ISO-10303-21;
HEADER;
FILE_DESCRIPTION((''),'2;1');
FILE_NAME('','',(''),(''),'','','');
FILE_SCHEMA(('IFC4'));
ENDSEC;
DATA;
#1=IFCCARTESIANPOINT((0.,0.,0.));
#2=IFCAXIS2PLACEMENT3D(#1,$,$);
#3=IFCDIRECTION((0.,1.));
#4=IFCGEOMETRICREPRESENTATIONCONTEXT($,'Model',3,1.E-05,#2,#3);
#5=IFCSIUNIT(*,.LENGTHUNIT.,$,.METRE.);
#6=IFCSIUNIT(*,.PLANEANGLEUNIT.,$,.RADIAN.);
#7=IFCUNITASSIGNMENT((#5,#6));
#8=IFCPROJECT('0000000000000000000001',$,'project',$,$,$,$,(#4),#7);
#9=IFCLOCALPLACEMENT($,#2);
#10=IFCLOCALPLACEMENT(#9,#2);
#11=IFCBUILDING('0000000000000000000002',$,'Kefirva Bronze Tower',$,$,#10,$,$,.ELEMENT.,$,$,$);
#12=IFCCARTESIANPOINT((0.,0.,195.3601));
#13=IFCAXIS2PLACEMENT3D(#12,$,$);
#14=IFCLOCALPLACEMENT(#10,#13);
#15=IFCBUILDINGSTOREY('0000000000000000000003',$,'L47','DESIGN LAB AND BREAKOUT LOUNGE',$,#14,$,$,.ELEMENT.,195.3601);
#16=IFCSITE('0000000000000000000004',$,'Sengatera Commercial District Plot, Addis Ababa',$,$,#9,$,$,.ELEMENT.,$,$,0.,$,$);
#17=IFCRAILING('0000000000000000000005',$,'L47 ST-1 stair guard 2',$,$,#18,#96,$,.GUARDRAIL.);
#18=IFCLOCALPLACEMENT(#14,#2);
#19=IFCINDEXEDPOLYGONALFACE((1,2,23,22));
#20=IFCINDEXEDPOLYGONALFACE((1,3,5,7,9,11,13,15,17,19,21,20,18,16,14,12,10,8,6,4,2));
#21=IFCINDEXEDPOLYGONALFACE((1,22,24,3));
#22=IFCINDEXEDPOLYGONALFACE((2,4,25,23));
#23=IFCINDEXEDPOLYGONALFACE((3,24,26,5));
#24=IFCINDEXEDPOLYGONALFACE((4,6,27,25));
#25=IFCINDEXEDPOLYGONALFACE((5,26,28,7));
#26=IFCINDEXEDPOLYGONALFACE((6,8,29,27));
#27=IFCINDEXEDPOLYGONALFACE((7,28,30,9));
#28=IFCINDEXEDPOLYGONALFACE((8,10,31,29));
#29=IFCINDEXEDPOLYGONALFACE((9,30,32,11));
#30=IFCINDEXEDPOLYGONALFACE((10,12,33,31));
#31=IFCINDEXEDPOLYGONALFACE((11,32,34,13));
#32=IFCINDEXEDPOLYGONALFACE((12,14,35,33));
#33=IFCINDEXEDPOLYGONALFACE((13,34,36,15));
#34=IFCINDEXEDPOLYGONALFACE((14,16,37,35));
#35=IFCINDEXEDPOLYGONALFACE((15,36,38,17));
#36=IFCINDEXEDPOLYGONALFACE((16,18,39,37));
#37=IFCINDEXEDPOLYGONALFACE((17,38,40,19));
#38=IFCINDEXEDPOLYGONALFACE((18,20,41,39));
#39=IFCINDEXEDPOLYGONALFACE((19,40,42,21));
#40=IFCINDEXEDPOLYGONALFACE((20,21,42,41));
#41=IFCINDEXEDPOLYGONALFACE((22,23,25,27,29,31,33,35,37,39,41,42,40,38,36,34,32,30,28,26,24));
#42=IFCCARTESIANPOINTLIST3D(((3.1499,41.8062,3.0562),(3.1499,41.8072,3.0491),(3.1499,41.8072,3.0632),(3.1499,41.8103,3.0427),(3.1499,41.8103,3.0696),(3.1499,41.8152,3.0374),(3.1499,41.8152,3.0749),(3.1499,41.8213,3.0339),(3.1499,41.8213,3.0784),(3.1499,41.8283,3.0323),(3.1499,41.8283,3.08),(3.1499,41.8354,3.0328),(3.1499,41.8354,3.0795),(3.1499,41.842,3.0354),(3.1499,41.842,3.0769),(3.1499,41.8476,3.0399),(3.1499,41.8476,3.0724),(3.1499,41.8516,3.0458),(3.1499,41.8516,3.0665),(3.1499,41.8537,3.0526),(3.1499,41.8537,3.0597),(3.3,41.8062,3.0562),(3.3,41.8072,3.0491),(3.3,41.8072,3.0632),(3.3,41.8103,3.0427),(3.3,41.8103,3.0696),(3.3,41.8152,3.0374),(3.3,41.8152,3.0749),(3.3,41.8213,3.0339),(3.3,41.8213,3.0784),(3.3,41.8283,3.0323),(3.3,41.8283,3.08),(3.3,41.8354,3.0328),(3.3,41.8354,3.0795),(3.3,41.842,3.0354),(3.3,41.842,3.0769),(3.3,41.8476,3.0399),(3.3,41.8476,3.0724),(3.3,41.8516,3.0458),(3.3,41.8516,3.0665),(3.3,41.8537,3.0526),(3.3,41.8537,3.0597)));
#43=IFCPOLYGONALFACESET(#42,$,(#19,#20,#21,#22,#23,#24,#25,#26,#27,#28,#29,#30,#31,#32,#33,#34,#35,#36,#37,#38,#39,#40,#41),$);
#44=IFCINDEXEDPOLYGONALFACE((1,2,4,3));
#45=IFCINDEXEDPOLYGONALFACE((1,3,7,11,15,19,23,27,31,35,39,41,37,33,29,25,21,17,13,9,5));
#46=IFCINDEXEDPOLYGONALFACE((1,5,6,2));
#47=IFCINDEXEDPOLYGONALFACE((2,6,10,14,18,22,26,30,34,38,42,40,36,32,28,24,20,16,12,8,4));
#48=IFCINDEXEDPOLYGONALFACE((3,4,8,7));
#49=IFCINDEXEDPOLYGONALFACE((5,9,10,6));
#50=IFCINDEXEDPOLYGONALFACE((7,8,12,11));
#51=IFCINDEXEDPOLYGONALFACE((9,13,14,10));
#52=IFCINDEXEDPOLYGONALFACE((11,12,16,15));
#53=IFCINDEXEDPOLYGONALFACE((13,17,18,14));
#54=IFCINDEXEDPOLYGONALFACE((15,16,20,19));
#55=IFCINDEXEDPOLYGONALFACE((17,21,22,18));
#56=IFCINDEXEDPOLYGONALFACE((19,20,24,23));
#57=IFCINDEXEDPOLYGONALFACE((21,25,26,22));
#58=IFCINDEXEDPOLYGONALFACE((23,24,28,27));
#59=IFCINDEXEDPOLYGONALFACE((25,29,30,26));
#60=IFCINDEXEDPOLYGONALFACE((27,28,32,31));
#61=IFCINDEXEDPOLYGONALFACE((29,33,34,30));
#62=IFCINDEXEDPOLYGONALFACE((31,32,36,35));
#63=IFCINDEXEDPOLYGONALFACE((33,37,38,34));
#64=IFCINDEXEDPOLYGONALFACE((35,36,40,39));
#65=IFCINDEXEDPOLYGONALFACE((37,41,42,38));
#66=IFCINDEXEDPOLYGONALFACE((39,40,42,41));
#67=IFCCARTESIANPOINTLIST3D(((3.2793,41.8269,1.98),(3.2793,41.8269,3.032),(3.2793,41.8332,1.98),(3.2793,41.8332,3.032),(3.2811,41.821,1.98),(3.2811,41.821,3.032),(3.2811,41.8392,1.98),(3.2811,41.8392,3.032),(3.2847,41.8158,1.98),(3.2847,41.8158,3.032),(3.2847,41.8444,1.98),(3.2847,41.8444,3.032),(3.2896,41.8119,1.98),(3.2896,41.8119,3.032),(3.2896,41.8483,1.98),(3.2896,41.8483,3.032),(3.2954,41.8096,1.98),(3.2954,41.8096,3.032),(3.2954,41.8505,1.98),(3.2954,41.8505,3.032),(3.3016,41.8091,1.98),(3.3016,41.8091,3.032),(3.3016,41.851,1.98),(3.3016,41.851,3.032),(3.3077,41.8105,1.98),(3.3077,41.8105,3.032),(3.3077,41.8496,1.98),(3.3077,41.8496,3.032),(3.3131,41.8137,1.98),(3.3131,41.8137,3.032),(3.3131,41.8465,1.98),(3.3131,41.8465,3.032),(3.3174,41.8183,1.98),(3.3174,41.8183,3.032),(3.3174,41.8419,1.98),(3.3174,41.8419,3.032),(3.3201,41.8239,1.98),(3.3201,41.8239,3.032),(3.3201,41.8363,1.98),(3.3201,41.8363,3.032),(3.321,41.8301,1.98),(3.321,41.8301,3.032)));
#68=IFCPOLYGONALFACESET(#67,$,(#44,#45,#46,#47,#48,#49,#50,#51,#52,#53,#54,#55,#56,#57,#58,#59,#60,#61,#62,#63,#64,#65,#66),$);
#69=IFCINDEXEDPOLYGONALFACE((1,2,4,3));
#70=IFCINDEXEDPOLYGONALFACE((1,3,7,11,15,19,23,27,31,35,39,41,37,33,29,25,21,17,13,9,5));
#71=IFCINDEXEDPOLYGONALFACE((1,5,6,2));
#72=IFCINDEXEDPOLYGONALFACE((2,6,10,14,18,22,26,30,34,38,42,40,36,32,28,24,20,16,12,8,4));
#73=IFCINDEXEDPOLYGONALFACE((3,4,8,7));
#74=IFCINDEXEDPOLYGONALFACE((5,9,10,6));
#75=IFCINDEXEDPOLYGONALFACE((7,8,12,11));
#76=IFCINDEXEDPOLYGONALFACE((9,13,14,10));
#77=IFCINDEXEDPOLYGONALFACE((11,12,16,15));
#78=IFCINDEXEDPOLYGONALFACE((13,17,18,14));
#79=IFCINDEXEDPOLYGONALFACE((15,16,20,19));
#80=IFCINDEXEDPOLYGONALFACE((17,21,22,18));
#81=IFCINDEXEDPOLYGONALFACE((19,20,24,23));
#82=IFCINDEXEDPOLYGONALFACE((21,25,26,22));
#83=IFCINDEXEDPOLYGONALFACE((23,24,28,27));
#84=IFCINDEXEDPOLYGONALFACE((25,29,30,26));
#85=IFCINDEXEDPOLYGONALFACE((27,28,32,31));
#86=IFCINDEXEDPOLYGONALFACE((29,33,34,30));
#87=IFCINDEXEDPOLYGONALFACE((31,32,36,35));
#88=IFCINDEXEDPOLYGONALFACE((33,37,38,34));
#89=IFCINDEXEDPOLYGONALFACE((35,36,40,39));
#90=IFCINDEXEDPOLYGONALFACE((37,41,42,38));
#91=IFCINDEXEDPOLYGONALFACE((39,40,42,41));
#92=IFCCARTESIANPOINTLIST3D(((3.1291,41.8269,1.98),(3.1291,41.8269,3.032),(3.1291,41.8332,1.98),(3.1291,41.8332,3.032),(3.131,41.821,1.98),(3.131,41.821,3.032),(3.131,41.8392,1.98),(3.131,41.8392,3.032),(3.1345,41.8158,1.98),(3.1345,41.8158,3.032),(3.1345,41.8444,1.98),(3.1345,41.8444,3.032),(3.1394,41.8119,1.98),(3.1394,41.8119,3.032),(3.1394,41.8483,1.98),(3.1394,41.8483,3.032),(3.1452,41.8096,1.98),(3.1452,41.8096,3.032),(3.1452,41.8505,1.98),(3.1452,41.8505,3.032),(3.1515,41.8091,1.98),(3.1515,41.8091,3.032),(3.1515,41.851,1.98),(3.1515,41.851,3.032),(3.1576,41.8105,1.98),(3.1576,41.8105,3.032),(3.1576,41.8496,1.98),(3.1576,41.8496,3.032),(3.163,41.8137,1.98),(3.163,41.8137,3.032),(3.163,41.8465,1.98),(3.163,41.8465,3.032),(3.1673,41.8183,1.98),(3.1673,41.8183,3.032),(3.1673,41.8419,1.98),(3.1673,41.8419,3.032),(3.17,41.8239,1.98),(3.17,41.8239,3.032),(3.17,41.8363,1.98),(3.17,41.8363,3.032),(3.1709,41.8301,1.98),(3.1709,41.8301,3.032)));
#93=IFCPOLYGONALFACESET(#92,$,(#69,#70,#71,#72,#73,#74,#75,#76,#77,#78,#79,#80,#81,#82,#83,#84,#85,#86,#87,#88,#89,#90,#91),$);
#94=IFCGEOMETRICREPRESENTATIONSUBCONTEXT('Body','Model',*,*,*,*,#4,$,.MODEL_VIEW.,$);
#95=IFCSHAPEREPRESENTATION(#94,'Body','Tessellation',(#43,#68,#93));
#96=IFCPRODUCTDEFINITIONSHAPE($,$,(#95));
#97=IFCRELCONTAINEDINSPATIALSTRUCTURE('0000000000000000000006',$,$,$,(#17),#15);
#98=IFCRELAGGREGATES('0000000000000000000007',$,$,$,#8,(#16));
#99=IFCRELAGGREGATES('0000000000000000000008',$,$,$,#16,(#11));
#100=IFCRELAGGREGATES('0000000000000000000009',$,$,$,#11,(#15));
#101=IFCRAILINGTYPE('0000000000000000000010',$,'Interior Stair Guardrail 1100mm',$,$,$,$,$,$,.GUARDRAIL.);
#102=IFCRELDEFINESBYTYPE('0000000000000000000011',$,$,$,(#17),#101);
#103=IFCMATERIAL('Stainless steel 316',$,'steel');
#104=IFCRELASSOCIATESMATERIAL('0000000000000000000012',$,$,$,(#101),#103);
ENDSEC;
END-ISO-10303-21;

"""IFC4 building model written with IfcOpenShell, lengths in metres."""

from ifc_helpers import new_model, si_unit, direction, frame, origin, origin_2d, place, context, subcontext, project, spatial, circle, extrude, material, type_object, element, save


model = new_model("IFC4")

# Units and contexts
model_context = context("Model", 3, precision=1e-05, world=origin(), true_north=direction((0.0, 1.0)))
body_context = subcontext(model_context, "Body", "Model", "MODEL_VIEW")
ifc_project = project(units=[si_unit("LENGTHUNIT", "METRE"), si_unit("PLANEANGLEUNIT", "RADIAN")], contexts=[model_context])

# Site, building, storey
site_placement = place(None, origin())
site = spatial("IfcSite", under=ifc_project, at=site_placement, Name="Sengatera Commercial District Plot, Addis Ababa", CompositionType="ELEMENT", RefElevation=0.0)
building_placement = place(site_placement, origin())
building = spatial("IfcBuilding", under=site, at=building_placement, Name="Kefirva Bronze Tower", CompositionType="ELEMENT")
storey_placement = place(building_placement, frame((0.0, 0.0, 195.3601)))
storey = spatial("IfcBuildingStorey", under=building, at=storey_placement, Name="L47", Description="DESIGN LAB AND BREAKOUT LOUNGE", CompositionType="ELEMENT", Elevation=195.3601)

# Railing
ifc_material_1 = material(Name="Stainless steel 316", Category="steel")
railing_type_1 = type_object("IfcRailingType", Name="Interior Stair Guardrail 1100mm", PredefinedType="GUARDRAIL", material=ifc_material_1)
railing_1_placement = place(storey_placement, frame((3.3, 41.8301, 1.98)))
element("IfcRailing", 1, at=railing_1_placement, inside=storey, type_object=railing_type_1, Name="L47 ST-1 stair guard 2", PredefinedType="GUARDRAIL", context=body_context, shape_type="SweptSolid", body=[
    extrude(circle(Radius=0.0239, at=origin_2d()), frame((0.0, 0.0, 1.0762), z_axis=(-1.0, 0.0, 0.0), x_axis=(0.0, -1.0, 0.0)), (0.0, 0.0, 1.0), 0.1501),
    extrude(circle(Radius=0.021, at=origin_2d()), origin(), (0.0, 0.0, 1.0), 1.052),
    extrude(circle(Radius=0.021, at=origin_2d()), frame((-0.1501, 0.0, 0.0)), (0.0, 0.0, 1.0), 1.052),
])

save(model, "model.ifc")
